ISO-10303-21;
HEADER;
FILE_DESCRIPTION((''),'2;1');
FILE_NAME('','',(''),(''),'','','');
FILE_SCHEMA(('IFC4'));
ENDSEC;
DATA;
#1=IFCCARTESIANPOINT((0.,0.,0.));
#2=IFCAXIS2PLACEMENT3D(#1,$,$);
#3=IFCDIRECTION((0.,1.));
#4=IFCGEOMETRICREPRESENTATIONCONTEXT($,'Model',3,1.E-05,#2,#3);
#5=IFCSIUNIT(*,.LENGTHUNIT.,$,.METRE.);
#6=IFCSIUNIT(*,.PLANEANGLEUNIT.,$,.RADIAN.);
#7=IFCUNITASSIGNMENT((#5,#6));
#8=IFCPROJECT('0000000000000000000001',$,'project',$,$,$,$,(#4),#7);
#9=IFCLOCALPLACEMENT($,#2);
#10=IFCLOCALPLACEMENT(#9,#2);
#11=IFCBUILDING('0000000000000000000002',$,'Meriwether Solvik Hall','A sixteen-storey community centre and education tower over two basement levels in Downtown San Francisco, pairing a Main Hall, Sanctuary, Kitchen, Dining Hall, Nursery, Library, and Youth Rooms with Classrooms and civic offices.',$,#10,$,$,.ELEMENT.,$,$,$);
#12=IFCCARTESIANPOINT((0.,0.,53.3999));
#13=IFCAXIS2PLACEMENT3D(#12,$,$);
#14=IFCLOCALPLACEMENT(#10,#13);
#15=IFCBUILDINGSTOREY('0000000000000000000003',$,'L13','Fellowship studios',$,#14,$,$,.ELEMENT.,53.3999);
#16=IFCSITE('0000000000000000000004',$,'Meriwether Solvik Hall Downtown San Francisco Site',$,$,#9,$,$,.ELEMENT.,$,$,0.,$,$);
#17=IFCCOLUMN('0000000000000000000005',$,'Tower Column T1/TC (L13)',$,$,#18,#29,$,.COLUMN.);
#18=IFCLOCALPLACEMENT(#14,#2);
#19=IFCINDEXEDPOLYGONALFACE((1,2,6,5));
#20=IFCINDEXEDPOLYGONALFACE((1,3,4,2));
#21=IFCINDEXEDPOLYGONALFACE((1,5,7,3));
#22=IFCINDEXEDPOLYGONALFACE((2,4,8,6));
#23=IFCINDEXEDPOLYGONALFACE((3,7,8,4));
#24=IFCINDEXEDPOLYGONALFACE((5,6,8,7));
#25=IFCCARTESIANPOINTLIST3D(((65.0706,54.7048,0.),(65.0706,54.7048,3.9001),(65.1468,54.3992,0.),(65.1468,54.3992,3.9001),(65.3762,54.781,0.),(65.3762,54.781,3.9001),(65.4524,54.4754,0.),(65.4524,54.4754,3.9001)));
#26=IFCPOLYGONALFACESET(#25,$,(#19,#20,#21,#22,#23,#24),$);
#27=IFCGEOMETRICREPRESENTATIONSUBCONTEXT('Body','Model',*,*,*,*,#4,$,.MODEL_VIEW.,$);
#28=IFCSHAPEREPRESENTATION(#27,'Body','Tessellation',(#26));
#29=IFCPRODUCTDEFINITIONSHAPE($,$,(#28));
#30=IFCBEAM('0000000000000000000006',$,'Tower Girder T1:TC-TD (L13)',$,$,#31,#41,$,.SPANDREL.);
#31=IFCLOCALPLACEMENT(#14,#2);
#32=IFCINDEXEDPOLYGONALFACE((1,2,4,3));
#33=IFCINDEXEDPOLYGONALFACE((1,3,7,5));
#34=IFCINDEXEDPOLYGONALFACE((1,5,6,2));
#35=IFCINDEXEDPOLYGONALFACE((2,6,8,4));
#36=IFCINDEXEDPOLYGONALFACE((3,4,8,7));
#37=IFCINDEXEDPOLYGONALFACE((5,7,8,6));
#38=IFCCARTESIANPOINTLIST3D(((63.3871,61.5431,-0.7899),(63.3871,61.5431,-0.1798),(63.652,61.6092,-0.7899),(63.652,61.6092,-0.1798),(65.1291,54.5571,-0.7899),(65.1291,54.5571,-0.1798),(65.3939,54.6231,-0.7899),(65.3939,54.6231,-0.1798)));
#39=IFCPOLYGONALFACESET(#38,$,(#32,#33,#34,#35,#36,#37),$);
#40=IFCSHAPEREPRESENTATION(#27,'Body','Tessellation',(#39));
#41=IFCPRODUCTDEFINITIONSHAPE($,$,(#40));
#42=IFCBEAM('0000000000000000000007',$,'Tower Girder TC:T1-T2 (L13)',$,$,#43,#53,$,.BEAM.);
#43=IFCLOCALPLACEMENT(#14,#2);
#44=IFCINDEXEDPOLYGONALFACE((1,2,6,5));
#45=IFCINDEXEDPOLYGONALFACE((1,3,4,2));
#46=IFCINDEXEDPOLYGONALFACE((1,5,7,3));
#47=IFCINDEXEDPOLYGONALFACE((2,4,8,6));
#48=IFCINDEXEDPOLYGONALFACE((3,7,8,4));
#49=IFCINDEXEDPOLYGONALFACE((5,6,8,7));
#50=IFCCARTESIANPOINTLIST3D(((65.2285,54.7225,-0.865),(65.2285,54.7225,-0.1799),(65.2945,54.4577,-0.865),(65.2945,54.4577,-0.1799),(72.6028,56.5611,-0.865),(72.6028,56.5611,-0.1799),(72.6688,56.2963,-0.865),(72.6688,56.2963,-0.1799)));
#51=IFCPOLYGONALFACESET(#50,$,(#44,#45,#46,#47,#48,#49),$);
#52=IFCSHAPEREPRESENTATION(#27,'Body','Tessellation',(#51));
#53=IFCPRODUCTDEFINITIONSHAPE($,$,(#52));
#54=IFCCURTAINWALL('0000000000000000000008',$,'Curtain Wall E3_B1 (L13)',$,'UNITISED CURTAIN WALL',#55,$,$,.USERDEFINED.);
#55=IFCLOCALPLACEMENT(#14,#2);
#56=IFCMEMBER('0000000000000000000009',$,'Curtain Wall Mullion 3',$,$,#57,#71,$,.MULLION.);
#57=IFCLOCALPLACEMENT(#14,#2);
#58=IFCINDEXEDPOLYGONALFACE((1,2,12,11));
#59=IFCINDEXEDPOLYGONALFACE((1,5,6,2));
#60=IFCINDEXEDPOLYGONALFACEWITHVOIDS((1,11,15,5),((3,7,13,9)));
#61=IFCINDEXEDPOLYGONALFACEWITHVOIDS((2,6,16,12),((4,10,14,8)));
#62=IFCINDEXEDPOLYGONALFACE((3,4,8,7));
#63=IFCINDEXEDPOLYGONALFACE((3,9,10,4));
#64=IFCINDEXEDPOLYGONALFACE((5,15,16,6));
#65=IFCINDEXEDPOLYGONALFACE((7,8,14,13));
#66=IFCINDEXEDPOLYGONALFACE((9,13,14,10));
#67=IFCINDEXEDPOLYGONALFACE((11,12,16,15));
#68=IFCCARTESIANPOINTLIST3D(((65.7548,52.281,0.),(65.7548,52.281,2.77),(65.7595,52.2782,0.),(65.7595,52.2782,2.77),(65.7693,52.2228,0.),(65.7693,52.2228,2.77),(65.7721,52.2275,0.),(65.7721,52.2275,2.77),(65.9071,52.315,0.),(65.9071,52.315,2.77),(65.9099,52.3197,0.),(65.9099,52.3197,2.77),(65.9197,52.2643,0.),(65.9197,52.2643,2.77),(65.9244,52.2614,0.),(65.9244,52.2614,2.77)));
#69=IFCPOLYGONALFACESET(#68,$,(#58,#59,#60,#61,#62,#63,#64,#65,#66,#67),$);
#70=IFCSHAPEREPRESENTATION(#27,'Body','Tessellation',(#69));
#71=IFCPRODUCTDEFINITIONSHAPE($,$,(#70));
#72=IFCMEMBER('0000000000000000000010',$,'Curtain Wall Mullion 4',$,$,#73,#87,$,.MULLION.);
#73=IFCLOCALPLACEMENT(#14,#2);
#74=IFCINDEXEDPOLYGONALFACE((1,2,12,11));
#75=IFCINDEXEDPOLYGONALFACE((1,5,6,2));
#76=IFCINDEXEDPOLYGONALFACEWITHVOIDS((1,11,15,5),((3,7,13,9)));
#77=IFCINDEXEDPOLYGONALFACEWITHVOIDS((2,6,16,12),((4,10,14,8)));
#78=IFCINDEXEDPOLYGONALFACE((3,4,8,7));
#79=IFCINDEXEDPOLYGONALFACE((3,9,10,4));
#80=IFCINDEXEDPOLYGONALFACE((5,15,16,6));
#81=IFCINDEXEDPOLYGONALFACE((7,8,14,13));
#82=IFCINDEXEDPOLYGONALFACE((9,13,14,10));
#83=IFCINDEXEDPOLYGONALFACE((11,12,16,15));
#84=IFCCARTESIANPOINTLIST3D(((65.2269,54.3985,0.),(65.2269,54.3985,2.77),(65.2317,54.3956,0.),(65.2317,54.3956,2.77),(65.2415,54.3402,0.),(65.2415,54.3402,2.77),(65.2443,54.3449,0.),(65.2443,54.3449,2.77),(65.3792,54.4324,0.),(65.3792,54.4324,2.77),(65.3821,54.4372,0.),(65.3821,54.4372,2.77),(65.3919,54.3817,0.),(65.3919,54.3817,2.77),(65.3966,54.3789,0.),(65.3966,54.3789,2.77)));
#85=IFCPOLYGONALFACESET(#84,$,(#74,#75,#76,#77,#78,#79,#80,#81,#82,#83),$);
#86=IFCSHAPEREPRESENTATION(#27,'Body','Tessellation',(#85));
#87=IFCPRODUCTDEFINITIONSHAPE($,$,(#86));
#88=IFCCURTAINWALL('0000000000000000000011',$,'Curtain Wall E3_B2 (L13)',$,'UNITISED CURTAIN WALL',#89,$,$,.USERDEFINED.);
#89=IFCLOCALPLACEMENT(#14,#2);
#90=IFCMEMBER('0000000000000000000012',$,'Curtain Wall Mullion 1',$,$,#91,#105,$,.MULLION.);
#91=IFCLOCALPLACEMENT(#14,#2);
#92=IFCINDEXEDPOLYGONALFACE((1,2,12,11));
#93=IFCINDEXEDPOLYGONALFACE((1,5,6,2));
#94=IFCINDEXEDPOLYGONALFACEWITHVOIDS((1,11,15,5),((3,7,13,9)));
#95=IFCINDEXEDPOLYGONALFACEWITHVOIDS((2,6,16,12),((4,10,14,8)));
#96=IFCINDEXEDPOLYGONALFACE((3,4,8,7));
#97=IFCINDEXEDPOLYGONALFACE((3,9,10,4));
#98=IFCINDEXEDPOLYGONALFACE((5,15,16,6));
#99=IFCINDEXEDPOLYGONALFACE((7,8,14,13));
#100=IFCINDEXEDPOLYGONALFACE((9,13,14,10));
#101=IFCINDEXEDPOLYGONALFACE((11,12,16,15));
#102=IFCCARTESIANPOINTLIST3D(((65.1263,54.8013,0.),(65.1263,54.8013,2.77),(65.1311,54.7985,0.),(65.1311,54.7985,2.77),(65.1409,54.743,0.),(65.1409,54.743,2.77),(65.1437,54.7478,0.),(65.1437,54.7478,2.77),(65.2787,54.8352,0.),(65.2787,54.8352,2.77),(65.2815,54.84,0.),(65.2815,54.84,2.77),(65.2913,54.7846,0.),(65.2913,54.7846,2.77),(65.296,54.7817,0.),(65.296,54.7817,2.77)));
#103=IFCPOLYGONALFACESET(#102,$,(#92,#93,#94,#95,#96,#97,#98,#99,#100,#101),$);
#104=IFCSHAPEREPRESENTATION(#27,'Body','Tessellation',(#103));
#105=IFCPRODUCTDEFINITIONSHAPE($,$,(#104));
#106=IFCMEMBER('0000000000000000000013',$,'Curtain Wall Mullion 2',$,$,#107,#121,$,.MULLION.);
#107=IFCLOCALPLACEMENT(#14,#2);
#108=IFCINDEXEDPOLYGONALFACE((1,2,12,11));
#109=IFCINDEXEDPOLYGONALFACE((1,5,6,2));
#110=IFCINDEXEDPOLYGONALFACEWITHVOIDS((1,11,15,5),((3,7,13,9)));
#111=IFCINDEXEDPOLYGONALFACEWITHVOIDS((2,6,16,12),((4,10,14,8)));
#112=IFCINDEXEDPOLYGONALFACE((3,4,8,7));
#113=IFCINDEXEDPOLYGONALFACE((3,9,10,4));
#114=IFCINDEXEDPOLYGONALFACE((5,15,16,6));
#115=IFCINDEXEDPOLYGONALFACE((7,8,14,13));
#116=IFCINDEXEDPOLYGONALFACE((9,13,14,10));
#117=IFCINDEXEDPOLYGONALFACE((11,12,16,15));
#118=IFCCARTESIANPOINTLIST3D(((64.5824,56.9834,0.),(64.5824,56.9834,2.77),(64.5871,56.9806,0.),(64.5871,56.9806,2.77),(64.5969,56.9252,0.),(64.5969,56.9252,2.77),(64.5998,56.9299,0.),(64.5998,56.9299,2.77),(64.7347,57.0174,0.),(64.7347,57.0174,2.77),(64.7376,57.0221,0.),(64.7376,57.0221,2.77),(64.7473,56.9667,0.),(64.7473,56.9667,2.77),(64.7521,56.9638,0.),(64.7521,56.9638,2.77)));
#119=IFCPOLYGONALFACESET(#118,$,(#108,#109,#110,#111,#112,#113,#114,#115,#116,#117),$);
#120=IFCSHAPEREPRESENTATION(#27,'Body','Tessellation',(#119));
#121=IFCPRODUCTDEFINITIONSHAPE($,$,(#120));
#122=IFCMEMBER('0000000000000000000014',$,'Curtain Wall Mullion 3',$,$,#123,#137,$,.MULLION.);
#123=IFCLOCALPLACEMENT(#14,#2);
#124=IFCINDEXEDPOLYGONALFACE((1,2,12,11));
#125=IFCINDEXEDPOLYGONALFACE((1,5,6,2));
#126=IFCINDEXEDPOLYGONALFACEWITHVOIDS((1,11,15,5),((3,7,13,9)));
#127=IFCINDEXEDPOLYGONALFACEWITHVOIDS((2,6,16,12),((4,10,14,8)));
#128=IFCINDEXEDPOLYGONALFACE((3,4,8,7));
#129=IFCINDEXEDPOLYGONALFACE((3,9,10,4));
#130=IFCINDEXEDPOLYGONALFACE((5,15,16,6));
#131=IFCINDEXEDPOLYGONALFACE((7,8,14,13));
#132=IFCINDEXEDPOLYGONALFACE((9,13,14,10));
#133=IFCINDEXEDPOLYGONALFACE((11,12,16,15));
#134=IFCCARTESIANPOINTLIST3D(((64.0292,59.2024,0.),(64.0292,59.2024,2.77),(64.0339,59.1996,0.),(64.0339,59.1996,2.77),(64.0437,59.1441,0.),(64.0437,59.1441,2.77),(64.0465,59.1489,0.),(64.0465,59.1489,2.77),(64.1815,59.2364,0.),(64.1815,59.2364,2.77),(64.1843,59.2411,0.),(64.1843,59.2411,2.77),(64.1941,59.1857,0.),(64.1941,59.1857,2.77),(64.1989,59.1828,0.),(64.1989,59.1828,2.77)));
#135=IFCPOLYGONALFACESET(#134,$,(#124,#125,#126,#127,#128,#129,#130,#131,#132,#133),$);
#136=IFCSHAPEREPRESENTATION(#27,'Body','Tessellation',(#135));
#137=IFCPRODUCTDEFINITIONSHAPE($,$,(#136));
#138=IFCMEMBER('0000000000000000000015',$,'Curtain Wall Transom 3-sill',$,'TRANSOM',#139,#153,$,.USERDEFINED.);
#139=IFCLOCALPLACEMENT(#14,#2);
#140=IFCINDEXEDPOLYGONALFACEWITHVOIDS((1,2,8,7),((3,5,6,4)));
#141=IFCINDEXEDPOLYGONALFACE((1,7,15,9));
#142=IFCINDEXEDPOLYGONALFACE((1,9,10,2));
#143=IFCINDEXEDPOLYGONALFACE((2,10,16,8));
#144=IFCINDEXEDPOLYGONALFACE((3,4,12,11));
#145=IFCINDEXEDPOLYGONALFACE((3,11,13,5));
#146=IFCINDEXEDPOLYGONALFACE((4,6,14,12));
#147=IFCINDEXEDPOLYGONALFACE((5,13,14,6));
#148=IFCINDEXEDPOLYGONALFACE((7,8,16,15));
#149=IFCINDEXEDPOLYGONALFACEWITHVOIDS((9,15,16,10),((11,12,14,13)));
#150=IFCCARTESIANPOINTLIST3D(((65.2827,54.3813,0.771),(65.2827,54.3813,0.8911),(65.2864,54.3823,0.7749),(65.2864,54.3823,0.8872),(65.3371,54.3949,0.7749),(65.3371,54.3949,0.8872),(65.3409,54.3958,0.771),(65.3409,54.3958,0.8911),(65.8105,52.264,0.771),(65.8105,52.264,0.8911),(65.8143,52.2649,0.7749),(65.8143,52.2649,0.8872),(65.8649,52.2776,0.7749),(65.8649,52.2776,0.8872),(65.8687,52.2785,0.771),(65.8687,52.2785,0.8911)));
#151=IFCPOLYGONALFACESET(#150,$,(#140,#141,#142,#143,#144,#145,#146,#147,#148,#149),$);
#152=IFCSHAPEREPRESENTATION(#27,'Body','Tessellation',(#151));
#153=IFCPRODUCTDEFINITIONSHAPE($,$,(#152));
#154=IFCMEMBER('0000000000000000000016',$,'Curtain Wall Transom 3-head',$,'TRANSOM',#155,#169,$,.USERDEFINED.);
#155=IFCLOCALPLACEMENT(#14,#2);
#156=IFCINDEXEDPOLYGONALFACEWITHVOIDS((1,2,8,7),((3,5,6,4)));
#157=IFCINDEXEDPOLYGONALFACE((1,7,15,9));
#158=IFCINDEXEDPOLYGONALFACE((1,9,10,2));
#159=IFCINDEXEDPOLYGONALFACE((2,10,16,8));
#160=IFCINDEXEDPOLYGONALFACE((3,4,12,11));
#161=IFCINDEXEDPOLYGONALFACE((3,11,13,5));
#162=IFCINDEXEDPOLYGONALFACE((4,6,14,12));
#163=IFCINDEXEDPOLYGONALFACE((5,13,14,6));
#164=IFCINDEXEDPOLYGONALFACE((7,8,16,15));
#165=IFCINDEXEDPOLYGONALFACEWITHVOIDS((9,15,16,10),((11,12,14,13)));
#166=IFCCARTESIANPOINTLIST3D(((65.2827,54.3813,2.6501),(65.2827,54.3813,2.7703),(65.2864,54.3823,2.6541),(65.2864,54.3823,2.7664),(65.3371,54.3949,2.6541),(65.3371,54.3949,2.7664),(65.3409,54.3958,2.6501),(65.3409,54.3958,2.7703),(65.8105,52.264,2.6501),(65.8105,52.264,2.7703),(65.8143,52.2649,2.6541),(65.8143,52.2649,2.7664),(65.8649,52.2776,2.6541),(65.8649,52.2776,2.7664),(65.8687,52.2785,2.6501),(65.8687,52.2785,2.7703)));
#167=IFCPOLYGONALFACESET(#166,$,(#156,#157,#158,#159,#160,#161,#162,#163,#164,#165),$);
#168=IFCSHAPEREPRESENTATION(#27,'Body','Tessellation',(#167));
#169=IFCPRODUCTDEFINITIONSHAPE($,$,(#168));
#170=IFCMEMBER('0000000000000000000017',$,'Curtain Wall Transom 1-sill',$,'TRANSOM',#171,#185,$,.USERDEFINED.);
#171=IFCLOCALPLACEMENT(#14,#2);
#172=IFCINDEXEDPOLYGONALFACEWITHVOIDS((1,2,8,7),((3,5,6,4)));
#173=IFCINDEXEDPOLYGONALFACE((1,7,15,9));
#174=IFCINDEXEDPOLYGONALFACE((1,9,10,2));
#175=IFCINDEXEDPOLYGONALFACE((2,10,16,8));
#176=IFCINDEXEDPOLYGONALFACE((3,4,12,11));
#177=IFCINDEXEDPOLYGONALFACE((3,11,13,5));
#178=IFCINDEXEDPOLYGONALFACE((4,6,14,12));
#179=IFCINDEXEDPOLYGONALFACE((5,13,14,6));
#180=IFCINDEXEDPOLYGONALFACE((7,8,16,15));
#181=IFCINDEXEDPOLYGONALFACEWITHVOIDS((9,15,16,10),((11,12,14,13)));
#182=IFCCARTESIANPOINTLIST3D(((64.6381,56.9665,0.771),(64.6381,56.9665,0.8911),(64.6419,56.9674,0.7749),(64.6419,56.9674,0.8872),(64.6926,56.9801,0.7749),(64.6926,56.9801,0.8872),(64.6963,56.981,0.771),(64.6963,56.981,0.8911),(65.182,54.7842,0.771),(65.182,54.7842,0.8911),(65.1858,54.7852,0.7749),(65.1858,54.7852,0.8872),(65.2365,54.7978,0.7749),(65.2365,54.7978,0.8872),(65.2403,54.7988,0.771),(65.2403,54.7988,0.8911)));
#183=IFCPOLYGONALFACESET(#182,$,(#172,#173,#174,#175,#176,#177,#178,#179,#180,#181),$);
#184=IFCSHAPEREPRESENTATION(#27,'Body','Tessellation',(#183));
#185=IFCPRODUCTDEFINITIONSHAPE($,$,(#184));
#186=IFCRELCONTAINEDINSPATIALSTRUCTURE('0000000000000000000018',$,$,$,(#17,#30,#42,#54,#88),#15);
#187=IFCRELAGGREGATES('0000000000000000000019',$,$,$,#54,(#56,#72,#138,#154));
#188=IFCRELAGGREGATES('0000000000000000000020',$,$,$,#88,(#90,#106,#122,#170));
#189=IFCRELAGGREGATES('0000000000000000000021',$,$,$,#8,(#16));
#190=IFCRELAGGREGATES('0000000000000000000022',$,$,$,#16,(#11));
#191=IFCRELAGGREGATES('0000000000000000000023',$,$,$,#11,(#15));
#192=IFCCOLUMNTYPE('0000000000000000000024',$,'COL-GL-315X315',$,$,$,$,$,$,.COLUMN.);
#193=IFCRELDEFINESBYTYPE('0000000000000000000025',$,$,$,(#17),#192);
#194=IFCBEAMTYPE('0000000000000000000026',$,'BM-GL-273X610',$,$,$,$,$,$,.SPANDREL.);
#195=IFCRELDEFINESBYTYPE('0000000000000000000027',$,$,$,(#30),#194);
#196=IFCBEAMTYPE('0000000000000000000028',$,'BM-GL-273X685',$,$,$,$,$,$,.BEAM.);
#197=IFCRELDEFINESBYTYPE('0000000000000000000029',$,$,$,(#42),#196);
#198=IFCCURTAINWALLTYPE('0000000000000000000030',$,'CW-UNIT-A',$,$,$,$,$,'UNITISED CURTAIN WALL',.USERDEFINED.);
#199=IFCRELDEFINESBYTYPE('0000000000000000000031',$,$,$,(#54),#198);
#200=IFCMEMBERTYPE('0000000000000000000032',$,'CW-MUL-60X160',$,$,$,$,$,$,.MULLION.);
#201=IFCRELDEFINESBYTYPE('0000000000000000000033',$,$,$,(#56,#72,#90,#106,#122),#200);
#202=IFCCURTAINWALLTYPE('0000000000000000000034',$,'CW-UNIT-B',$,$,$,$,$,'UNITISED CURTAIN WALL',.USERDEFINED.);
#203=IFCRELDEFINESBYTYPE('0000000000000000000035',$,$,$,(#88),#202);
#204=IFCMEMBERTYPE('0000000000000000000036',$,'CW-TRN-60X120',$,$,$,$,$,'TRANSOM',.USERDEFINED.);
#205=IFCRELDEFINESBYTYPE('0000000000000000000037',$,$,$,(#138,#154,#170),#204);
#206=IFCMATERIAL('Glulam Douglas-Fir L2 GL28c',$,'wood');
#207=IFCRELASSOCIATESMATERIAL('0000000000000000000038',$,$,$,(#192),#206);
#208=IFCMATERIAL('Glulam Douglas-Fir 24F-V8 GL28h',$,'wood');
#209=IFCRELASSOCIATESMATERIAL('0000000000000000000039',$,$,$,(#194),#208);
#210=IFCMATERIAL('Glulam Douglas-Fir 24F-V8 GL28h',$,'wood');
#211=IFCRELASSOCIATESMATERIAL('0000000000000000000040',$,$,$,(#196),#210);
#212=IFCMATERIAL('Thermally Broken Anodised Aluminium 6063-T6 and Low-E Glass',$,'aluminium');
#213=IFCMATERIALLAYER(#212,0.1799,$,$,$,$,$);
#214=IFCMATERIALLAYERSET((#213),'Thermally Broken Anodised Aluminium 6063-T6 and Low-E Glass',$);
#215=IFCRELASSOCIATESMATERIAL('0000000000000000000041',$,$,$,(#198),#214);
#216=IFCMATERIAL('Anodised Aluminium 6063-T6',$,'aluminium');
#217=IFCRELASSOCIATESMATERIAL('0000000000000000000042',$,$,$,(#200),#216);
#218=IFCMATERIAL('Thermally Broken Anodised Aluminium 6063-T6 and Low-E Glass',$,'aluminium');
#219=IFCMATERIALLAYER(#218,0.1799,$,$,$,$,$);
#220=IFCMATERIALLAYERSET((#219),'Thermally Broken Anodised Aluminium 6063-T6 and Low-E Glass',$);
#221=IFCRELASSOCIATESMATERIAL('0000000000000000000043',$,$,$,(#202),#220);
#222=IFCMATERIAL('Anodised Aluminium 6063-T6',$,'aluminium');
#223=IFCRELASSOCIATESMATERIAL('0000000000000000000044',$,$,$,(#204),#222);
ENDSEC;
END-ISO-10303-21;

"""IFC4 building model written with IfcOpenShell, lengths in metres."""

from ifc_helpers import new_model, si_unit, direction, frame, origin, origin_2d, place, context, subcontext, project, spatial, rectangle, hollow_rectangle, extrude, material, layer, layer_set, material_profile, profile_set, type_object, element, aggregate, save


model = new_model("IFC4")

# Units and contexts
model_context = context("Model", 3, precision=1e-05, world=origin(), true_north=direction((0.0, 1.0)))
body_context = subcontext(model_context, "Body", "Model", "MODEL_VIEW")
ifc_project = project(units=[si_unit("LENGTHUNIT", "METRE"), si_unit("PLANEANGLEUNIT", "RADIAN")], contexts=[model_context])

# Site, building, storey
site_placement = place(None, origin())
site = spatial("IfcSite", under=ifc_project, at=site_placement, Name="Meriwether Solvik Hall Downtown San Francisco Site", CompositionType="ELEMENT", RefElevation=0.0)
building_placement = place(site_placement, origin())
building = spatial("IfcBuilding", under=site, at=building_placement, Name="Meriwether Solvik Hall", Description="A sixteen-storey community centre and education tower over two basement levels in Downtown San Francisco, pairing a Main Hall, Sanctuary, Kitchen, Dining Hall, Nursery, Library, and Youth Rooms with Classrooms and civic offices.", CompositionType="ELEMENT")
storey_placement = place(building_placement, frame((0.0, 0.0, 53.3999)))
storey = spatial("IfcBuildingStorey", under=building, at=storey_placement, Name="L13", Description="Fellowship studios", CompositionType="ELEMENT", Elevation=53.3999)

# Column
ifc_material_1 = material(Name="Glulam Douglas-Fir L2 GL28c", Category="wood")
ifc_material_profile_1 = material_profile(ifc_material_1, rectangle(XDim=0.3149, YDim=0.3149, at=origin_2d()), Name="GLC-315X315")
ifc_profile_set_1 = profile_set([ifc_material_profile_1], Name="Glulam Douglas-Fir L2 GL28c")
column_type = type_object("IfcColumnType", Name="COL-GL-315X315", PredefinedType="COLUMN", material=ifc_profile_set_1)
column_placement = place(storey_placement, frame((65.2615, 54.5901, 0.0), z_axis=(0.0, 0.0, 1.0), x_axis=(0.970296, 0.241922, 0.0)))
element("IfcColumn", 1, at=column_placement, inside=storey, type_object=column_type, Name="Tower Column T1/TC (L13)", PredefinedType="COLUMN", context=body_context, shape_type="SweptSolid", body=[
    extrude(rectangle(XDim=0.3149, YDim=0.3149, at=origin_2d()), origin(), (0.0, 0.0, 1.0), 3.9001),
])

# Beams
ifc_material_2 = material(Name="Glulam Douglas-Fir 24F-V8 GL28h", Category="wood")
ifc_material_profile_2 = material_profile(ifc_material_2, rectangle(XDim=0.2729, YDim=0.6101, at=origin_2d()), Name="GLB-273X610")
ifc_profile_set_2 = profile_set([ifc_material_profile_2], Name="Glulam Douglas-Fir 24F-V8 GL28h")
beam_type_1 = type_object("IfcBeamType", Name="BM-GL-273X610", PredefinedType="SPANDREL", material=ifc_profile_set_2)
beam_1_placement = place(storey_placement, frame((65.2615, 54.5901, -0.4849), z_axis=(-0.241937, 0.970292, 0.0), x_axis=(-0.970292, -0.241937, 0.0)))
element("IfcBeam", 2, at=beam_1_placement, inside=storey, type_object=beam_type_1, Name="Tower Girder T1:TC-TD (L13)", PredefinedType="SPANDREL", context=body_context, shape_type="SweptSolid", body=[
    extrude(rectangle(XDim=0.2729, YDim=0.6101, at=origin_2d()), origin(), (0.0, 0.0, 1.0), 7.2),
])
ifc_material_3 = material(Name="Glulam Douglas-Fir 24F-V8 GL28h", Category="wood")
ifc_material_profile_3 = material_profile(ifc_material_3, rectangle(XDim=0.2729, YDim=0.6851, at=origin_2d()), Name="GLB-273X685")
ifc_profile_set_3 = profile_set([ifc_material_profile_3], Name="Glulam Douglas-Fir 24F-V8 GL28h")
beam_type_2 = type_object("IfcBeamType", Name="BM-GL-273X685", PredefinedType="BEAM", material=ifc_profile_set_3)
beam_2_placement = place(storey_placement, frame((65.2615, 54.5901, -0.5225), z_axis=(0.970295, 0.241923, 0.0), x_axis=(-0.241923, 0.970295, 0.0)))
element("IfcBeam", 3, at=beam_2_placement, inside=storey, type_object=beam_type_2, Name="Tower Girder TC:T1-T2 (L13)", PredefinedType="BEAM", context=body_context, shape_type="SweptSolid", body=[
    extrude(rectangle(XDim=0.2729, YDim=0.6851, at=origin_2d()), origin(), (0.0, 0.0, 1.0), 7.6001),
])

# Curtain walls, members
ifc_material_4 = material(Name="Thermally Broken Anodised Aluminium 6063-T6 and Low-E Glass", Category="aluminium")
ifc_layer_1 = layer(ifc_material_4, 0.1799)
ifc_layer_set_1 = layer_set([ifc_layer_1], Name="Thermally Broken Anodised Aluminium 6063-T6 and Low-E Glass")
curtain_wall_type_1 = type_object("IfcCurtainWallType", Name="CW-UNIT-A", ElementType="UNITISED CURTAIN WALL", PredefinedType="USERDEFINED", material=ifc_layer_set_1)
curtain_wall_1_placement = place(storey_placement, origin())
curtain_wall_1 = element("IfcCurtainWall", 4, at=curtain_wall_1_placement, inside=storey, type_object=curtain_wall_type_1, Name="Curtain Wall E3_B1 (L13)", ObjectType="UNITISED CURTAIN WALL", PredefinedType="USERDEFINED")
ifc_material_5 = material(Name="Anodised Aluminium 6063-T6", Category="aluminium")
ifc_material_profile_4 = material_profile(ifc_material_5, hollow_rectangle(XDim=0.0601, YDim=0.1599, WallThickness=0.0039, at=origin_2d()), Name="CWM-60X160")
ifc_profile_set_4 = profile_set([ifc_material_profile_4], Name="Anodised Aluminium 6063-T6")
member_type_1 = type_object("IfcMemberType", Name="CW-MUL-60X160", PredefinedType="MULLION", material=ifc_profile_set_4)
member_1_placement = place(storey_placement, frame((65.8396, 52.2712, 0.0), z_axis=(0.0, 0.0, 1.0), x_axis=(-0.241922, 0.970296, 0.0)))
member_1 = element("IfcMember", 5, at=member_1_placement, type_object=member_type_1, Name="Curtain Wall Mullion 3", PredefinedType="MULLION", context=body_context, shape_type="SweptSolid", body=[
    extrude(hollow_rectangle(XDim=0.0601, YDim=0.1599, WallThickness=0.0039, at=origin_2d()), origin(), (0.0, 0.0, 1.0), 2.77),
])
member_2_placement = place(storey_placement, frame((65.3118, 54.3887, 0.0), z_axis=(0.0, 0.0, 1.0), x_axis=(-0.241922, 0.970296, 0.0)))
member_2 = element("IfcMember", 6, at=member_2_placement, type_object=member_type_1, Name="Curtain Wall Mullion 4", PredefinedType="MULLION", context=body_context, shape_type="SweptSolid", body=[
    extrude(hollow_rectangle(XDim=0.0601, YDim=0.1599, WallThickness=0.0039, at=origin_2d()), origin(), (0.0, 0.0, 1.0), 2.77),
])
ifc_material_6 = material(Name="Thermally Broken Anodised Aluminium 6063-T6 and Low-E Glass", Category="aluminium")
ifc_layer_2 = layer(ifc_material_6, 0.1799)
ifc_layer_set_2 = layer_set([ifc_layer_2], Name="Thermally Broken Anodised Aluminium 6063-T6 and Low-E Glass")
curtain_wall_type_2 = type_object("IfcCurtainWallType", Name="CW-UNIT-B", ElementType="UNITISED CURTAIN WALL", PredefinedType="USERDEFINED", material=ifc_layer_set_2)
curtain_wall_2_placement = place(storey_placement, origin())
curtain_wall_2 = element("IfcCurtainWall", 7, at=curtain_wall_2_placement, inside=storey, type_object=curtain_wall_type_2, Name="Curtain Wall E3_B2 (L13)", ObjectType="UNITISED CURTAIN WALL", PredefinedType="USERDEFINED")
member_3_placement = place(storey_placement, frame((65.2112, 54.7915, 0.0), z_axis=(0.0, 0.0, 1.0), x_axis=(-0.241922, 0.970296, 0.0)))
member_3 = element("IfcMember", 8, at=member_3_placement, type_object=member_type_1, Name="Curtain Wall Mullion 1", PredefinedType="MULLION", context=body_context, shape_type="SweptSolid", body=[
    extrude(hollow_rectangle(XDim=0.0601, YDim=0.1599, WallThickness=0.0039, at=origin_2d()), origin(), (0.0, 0.0, 1.0), 2.77),
])
member_4_placement = place(storey_placement, frame((64.6672, 56.9736, 0.0), z_axis=(0.0, 0.0, 1.0), x_axis=(-0.241922, 0.970296, 0.0)))
member_4 = element("IfcMember", 9, at=member_4_placement, type_object=member_type_1, Name="Curtain Wall Mullion 2", PredefinedType="MULLION", context=body_context, shape_type="SweptSolid", body=[
    extrude(hollow_rectangle(XDim=0.0601, YDim=0.1599, WallThickness=0.0039, at=origin_2d()), origin(), (0.0, 0.0, 1.0), 2.77),
])
member_5_placement = place(storey_placement, frame((64.114, 59.1926, 0.0), z_axis=(0.0, 0.0, 1.0), x_axis=(-0.241922, 0.970296, 0.0)))
member_5 = element("IfcMember", 10, at=member_5_placement, type_object=member_type_1, Name="Curtain Wall Mullion 3", PredefinedType="MULLION", context=body_context, shape_type="SweptSolid", body=[
    extrude(hollow_rectangle(XDim=0.0601, YDim=0.1599, WallThickness=0.0039, at=origin_2d()), origin(), (0.0, 0.0, 1.0), 2.77),
])

# Members
ifc_material_7 = material(Name="Anodised Aluminium 6063-T6", Category="aluminium")
ifc_material_profile_5 = material_profile(ifc_material_7, hollow_rectangle(XDim=0.0601, YDim=0.1201, WallThickness=0.0039, at=origin_2d()), Name="CWT-60X120")
ifc_profile_set_5 = profile_set([ifc_material_profile_5], Name="Anodised Aluminium 6063-T6")
member_type_2 = type_object("IfcMemberType", Name="CW-TRN-60X120", ElementType="TRANSOM", PredefinedType="USERDEFINED", material=ifc_profile_set_5)
member_6_placement = place(storey_placement, frame((65.8396, 52.2712, 0.8311), z_axis=(-0.241877, 0.970307, 0.0), x_axis=(-0.970307, -0.241877, 0.0)))
member_6 = element("IfcMember", 11, at=member_6_placement, type_object=member_type_2, Name="Curtain Wall Transom 3-sill", ObjectType="TRANSOM", PredefinedType="USERDEFINED", context=body_context, shape_type="SweptSolid", body=[
    extrude(hollow_rectangle(XDim=0.0601, YDim=0.1201, WallThickness=0.0039, at=origin_2d()), origin(), (0.0, 0.0, 1.0), 2.1821),
])
member_7_placement = place(storey_placement, frame((65.8396, 52.2712, 2.7102), z_axis=(-0.241877, 0.970307, 0.0), x_axis=(-0.970307, -0.241877, 0.0)))
member_7 = element("IfcMember", 12, at=member_7_placement, type_object=member_type_2, Name="Curtain Wall Transom 3-head", ObjectType="TRANSOM", PredefinedType="USERDEFINED", context=body_context, shape_type="SweptSolid", body=[
    extrude(hollow_rectangle(XDim=0.0601, YDim=0.1201, WallThickness=0.0039, at=origin_2d()), origin(), (0.0, 0.0, 1.0), 2.1821),
])
member_8_placement = place(storey_placement, frame((65.2112, 54.7915, 0.8311), z_axis=(-0.241871, 0.970308, 0.0), x_axis=(-0.970308, -0.241871, 0.0)))
member_8 = element("IfcMember", 13, at=member_8_placement, type_object=member_type_2, Name="Curtain Wall Transom 1-sill", ObjectType="TRANSOM", PredefinedType="USERDEFINED", context=body_context, shape_type="SweptSolid", body=[
    extrude(hollow_rectangle(XDim=0.0601, YDim=0.1201, WallThickness=0.0039, at=origin_2d()), origin(), (0.0, 0.0, 1.0), 2.249),
])

aggregate(curtain_wall_1, [member_1, member_2, member_6, member_7])
aggregate(curtain_wall_2, [member_3, member_4, member_5, member_8])

save(model, "model.ifc")
